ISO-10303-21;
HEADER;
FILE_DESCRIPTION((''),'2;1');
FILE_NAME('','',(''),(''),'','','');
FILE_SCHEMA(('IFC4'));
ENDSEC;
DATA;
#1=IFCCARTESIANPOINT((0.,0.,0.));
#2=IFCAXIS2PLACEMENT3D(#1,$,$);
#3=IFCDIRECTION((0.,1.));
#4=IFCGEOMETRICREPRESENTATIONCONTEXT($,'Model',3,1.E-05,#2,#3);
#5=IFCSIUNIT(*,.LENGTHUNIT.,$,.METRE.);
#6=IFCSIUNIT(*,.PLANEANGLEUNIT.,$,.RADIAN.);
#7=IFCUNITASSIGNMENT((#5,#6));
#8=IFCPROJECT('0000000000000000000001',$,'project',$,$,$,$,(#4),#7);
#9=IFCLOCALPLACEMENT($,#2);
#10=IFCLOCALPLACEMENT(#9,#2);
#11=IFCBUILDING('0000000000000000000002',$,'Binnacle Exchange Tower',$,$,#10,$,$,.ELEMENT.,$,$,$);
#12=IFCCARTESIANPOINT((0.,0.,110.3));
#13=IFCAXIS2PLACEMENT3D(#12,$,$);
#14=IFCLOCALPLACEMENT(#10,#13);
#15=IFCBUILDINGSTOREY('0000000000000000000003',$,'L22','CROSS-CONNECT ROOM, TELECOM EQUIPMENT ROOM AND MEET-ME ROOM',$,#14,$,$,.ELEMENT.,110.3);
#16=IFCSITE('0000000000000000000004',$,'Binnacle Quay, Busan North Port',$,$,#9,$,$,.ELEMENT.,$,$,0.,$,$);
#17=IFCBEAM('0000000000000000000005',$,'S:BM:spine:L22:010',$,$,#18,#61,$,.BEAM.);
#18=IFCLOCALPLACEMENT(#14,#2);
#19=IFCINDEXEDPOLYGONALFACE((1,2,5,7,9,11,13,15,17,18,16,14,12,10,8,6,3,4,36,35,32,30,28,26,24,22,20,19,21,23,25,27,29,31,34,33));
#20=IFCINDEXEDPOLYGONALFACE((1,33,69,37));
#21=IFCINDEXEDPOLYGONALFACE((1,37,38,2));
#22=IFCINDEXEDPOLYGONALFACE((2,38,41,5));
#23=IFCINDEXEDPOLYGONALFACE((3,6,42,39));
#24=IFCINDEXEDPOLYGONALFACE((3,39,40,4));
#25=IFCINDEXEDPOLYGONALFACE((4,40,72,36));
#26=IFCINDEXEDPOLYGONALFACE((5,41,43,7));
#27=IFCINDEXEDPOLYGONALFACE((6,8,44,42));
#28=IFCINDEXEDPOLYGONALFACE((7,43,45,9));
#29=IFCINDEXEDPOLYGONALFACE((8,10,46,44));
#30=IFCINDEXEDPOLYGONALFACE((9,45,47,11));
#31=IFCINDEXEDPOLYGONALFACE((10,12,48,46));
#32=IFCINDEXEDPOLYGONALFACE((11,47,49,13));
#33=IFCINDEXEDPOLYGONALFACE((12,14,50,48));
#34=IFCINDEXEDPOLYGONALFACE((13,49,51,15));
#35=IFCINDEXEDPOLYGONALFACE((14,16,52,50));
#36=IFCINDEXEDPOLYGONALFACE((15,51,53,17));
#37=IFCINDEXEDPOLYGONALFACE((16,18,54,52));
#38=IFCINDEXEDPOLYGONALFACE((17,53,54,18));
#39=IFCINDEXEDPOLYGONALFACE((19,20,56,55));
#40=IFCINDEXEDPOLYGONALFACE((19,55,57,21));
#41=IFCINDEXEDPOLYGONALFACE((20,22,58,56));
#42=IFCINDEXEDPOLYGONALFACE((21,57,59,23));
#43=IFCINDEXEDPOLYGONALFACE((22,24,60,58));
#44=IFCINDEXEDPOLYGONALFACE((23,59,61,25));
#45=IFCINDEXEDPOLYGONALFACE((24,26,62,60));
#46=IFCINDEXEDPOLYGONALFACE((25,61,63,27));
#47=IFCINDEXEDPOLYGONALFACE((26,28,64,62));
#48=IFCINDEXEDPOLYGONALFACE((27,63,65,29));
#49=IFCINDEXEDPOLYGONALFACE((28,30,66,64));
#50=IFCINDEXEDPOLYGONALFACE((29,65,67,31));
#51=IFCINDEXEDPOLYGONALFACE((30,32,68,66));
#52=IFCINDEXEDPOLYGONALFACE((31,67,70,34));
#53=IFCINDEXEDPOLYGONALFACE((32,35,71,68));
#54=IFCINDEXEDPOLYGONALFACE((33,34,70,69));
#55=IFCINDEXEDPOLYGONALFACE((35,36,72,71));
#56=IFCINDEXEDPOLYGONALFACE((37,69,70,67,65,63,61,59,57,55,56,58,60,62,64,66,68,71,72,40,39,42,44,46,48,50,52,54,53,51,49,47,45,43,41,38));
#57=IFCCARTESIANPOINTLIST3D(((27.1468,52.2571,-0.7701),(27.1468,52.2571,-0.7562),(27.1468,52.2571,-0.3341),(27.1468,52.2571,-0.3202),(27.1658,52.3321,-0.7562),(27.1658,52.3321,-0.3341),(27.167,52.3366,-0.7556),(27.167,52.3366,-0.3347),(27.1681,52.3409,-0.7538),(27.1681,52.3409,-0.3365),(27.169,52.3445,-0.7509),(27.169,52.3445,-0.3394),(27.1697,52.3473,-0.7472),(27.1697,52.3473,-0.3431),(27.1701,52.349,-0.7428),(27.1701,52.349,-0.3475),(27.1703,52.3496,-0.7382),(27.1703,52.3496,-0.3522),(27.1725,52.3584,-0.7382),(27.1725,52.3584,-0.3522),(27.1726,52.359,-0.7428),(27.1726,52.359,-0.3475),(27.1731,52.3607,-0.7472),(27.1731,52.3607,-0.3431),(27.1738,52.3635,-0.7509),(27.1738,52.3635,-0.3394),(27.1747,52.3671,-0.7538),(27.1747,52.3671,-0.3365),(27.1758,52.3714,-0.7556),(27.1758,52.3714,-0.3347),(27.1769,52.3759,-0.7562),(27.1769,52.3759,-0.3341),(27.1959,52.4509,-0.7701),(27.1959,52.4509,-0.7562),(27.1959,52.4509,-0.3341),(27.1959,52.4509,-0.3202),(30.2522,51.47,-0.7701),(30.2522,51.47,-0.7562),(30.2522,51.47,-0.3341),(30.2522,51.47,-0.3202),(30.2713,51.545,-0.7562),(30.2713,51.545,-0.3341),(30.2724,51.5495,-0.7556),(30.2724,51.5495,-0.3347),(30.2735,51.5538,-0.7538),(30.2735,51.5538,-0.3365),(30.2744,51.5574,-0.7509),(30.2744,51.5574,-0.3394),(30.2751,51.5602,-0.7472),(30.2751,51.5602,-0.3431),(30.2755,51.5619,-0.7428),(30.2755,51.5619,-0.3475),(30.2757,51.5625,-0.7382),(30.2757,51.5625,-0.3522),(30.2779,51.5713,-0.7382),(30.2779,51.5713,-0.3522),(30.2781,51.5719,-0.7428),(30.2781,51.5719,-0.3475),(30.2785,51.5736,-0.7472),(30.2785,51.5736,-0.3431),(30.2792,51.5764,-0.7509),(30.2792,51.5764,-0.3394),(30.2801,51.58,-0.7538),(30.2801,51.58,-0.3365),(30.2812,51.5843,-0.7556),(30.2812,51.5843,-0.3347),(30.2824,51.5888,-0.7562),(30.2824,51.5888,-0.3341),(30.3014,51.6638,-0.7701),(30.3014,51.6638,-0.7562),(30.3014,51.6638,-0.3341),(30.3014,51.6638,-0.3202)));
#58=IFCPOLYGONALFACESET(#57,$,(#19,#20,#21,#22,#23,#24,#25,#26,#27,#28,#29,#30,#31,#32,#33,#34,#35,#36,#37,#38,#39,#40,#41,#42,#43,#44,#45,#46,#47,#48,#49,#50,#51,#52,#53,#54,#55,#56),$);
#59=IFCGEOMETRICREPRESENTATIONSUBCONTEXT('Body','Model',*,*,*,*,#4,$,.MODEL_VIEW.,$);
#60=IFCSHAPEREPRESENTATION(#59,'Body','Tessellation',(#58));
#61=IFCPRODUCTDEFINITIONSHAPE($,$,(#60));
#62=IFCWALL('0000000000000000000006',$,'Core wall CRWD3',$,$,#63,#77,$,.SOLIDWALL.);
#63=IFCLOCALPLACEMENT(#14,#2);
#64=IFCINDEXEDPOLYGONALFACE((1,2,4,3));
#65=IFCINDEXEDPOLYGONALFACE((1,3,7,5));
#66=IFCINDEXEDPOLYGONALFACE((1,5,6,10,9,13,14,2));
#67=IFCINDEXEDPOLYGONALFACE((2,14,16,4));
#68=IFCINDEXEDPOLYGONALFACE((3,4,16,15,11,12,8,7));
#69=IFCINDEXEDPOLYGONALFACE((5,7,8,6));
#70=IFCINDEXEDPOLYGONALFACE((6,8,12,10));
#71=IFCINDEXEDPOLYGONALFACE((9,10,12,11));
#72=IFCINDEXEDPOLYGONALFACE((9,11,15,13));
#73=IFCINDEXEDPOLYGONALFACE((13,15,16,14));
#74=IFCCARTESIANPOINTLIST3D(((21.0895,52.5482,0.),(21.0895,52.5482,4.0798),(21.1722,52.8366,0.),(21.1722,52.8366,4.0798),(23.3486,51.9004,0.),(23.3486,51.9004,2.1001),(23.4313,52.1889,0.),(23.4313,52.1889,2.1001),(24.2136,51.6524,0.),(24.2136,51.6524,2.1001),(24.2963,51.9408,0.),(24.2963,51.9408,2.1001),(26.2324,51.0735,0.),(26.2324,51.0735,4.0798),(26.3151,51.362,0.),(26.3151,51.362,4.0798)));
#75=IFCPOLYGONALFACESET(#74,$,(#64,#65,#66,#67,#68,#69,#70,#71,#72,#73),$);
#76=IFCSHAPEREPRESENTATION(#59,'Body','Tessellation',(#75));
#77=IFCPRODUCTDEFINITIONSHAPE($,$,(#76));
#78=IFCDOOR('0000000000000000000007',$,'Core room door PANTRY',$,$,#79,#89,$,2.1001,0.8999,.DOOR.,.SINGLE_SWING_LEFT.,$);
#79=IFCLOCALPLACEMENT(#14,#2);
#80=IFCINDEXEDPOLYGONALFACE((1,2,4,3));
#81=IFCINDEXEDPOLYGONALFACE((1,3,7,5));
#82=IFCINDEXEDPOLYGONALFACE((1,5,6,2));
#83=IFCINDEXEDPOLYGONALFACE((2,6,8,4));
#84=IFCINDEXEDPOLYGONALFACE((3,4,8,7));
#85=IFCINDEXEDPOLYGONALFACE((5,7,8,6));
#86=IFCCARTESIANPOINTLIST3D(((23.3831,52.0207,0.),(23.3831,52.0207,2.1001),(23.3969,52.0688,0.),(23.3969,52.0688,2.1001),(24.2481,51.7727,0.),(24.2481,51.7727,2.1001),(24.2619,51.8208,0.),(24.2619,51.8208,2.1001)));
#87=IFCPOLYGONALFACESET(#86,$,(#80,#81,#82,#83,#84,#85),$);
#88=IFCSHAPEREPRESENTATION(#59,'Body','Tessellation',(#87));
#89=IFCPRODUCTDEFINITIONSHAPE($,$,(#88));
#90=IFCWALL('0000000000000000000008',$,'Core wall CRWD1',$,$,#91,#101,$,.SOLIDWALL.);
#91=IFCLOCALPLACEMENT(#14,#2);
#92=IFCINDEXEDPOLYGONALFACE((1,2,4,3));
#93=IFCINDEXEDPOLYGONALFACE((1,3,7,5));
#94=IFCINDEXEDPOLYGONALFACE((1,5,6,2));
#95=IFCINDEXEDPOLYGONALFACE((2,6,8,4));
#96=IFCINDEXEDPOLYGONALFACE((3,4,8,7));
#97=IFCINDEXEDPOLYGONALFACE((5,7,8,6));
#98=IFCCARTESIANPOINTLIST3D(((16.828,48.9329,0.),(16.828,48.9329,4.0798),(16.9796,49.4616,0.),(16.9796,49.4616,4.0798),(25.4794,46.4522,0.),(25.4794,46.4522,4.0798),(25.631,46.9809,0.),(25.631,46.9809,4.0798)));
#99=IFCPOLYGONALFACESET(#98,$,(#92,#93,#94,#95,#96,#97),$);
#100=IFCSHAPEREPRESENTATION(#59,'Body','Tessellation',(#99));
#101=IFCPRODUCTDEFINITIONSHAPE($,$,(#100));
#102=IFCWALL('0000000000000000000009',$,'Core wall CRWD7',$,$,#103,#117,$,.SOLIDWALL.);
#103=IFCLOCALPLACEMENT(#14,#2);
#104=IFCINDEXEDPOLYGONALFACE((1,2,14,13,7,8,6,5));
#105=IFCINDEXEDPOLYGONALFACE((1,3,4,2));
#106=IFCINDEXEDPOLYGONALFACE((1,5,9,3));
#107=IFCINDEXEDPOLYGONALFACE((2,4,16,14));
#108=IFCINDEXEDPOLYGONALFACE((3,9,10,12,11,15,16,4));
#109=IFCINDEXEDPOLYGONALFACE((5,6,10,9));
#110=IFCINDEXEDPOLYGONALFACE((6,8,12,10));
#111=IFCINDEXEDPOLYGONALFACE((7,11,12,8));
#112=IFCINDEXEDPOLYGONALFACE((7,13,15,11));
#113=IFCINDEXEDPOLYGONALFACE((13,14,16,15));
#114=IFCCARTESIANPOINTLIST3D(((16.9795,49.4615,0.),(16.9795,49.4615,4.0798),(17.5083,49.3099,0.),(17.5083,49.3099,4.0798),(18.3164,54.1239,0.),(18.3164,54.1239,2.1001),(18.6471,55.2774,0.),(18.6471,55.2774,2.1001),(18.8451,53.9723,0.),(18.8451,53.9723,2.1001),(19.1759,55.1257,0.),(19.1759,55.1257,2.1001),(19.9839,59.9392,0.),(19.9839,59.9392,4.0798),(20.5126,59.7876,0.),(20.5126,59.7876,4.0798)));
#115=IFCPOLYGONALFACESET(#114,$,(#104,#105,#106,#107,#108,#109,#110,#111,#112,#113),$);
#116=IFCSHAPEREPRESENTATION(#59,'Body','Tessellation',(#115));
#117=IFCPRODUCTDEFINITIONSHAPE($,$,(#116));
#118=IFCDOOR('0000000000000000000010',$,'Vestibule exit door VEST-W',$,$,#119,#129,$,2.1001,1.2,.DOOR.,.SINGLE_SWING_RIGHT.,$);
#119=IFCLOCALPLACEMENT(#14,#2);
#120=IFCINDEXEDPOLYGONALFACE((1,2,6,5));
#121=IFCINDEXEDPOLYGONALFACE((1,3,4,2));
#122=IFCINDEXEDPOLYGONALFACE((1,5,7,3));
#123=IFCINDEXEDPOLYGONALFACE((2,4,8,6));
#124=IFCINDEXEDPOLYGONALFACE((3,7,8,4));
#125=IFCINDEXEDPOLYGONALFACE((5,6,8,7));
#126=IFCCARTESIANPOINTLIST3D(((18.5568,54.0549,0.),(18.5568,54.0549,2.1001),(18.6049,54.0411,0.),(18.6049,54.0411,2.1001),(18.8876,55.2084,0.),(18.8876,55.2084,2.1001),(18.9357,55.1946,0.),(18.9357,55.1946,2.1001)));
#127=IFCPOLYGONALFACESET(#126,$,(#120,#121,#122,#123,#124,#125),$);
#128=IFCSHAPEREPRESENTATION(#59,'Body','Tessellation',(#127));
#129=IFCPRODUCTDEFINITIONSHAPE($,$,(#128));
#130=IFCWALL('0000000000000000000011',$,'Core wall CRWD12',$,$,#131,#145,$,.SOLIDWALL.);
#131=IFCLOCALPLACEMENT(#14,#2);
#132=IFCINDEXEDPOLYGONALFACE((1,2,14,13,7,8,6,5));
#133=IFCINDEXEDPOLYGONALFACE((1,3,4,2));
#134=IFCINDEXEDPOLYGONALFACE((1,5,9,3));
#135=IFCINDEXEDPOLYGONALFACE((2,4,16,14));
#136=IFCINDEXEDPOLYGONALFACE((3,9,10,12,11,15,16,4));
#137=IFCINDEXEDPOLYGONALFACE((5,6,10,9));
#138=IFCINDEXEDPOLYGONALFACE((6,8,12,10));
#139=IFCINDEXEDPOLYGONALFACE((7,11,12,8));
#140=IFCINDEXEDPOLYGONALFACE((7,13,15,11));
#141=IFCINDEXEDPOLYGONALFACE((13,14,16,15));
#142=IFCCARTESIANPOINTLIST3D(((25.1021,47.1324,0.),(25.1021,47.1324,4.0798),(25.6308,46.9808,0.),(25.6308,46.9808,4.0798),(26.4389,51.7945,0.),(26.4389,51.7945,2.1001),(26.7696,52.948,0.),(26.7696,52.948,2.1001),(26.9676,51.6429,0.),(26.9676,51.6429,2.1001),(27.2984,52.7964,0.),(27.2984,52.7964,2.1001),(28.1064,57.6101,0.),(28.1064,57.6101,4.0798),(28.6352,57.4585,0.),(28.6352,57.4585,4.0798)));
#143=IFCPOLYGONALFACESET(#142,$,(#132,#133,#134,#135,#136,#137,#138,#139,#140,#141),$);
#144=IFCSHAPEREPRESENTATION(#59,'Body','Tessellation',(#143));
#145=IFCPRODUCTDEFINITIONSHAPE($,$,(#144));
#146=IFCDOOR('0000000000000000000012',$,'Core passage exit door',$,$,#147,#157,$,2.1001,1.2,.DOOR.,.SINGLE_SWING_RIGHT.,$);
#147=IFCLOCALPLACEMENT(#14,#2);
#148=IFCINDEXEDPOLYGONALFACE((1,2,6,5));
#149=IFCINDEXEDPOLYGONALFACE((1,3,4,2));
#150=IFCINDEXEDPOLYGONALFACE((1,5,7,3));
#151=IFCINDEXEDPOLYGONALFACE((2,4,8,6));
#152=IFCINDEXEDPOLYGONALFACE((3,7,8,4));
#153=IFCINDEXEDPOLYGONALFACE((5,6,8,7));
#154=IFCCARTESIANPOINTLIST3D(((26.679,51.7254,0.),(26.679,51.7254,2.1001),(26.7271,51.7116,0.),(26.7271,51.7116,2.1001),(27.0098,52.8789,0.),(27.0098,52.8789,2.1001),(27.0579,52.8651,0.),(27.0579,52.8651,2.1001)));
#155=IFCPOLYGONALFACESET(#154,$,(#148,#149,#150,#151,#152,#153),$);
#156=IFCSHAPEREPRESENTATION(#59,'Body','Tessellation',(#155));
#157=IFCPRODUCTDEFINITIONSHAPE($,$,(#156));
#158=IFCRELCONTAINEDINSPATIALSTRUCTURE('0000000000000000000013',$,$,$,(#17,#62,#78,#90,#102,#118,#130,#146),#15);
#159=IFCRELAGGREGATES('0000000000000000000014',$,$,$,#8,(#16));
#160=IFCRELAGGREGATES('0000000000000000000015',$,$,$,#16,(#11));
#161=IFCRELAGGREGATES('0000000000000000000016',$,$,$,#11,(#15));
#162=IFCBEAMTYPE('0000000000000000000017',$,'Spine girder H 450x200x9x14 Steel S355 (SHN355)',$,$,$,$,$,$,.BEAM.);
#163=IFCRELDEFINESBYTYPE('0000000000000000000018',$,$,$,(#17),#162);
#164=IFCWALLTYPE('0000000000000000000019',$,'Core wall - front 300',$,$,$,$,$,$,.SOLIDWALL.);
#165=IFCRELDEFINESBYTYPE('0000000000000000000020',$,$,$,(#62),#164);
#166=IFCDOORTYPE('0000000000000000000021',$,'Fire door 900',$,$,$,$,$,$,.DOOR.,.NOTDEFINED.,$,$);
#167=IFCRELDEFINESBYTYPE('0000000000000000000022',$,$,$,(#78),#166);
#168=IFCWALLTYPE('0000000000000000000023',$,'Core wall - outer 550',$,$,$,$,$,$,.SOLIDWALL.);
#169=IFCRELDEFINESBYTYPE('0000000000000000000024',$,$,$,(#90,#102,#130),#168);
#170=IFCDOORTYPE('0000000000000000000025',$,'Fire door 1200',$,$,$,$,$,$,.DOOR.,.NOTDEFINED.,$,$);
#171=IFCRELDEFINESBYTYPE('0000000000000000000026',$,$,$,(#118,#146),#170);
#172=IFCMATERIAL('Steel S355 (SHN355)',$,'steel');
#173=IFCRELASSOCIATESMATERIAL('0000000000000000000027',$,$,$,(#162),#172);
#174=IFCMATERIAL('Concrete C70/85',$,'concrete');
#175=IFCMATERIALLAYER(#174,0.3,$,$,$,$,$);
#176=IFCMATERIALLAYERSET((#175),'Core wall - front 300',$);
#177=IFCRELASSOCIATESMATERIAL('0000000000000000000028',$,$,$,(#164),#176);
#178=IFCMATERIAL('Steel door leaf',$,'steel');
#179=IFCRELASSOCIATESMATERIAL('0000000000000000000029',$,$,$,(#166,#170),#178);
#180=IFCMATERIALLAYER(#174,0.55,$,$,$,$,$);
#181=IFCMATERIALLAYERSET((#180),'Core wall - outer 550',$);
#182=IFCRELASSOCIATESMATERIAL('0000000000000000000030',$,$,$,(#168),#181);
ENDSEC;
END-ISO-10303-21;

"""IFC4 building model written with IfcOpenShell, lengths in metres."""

from ifc_helpers import new_model, si_unit, direction, frame, frame_2d, origin, origin_2d, place, context, subcontext, project, spatial, rectangle, i_section, extrude, material, layer, layer_set, material_profile, profile_set, type_object, element, fill, save


model = new_model("IFC4")

# Units and contexts
model_context = context("Model", 3, precision=1e-05, world=origin(), true_north=direction((0.0, 1.0)))
body_context = subcontext(model_context, "Body", "Model", "MODEL_VIEW")
ifc_project = project(units=[si_unit("LENGTHUNIT", "METRE"), si_unit("PLANEANGLEUNIT", "RADIAN")], contexts=[model_context])

# Site, building, storey
site_placement = place(None, origin())
site = spatial("IfcSite", under=ifc_project, at=site_placement, Name="Binnacle Quay, Busan North Port", CompositionType="ELEMENT", RefElevation=0.0)
building_placement = place(site_placement, origin())
building = spatial("IfcBuilding", under=site, at=building_placement, Name="Binnacle Exchange Tower", CompositionType="ELEMENT")
storey_placement = place(building_placement, frame((0.0, 0.0, 110.3)))
storey = spatial("IfcBuildingStorey", under=building, at=storey_placement, Name="L22", Description="CROSS-CONNECT ROOM, TELECOM EQUIPMENT ROOM AND MEET-ME ROOM", CompositionType="ELEMENT", Elevation=110.3)

# Shared definitions
ifc_material_1 = material(Name="Concrete C70/85", Category="concrete")

# Beam
ifc_material_2 = material(Name="Steel S355 (SHN355)", Category="steel")
ifc_material_profile_1 = material_profile(ifc_material_2, i_section(OverallWidth=0.2, OverallDepth=0.45, WebThickness=0.009, FlangeThickness=0.0139, FilletRadius=0.0181, at=origin_2d()), Name="H 450x200x9x14")
ifc_profile_set_1 = profile_set([ifc_material_profile_1], Name="Steel S355 (SHN355)")
beam_type_1 = type_object("IfcBeamType", Name="Spine girder H 450x200x9x14 Steel S355 (SHN355)", PredefinedType="BEAM", material=ifc_profile_set_1)
beam_1_placement = place(storey_placement, frame((27.1714, 52.354, -0.5452), z_axis=(0.969348, -0.24569, 0.0), x_axis=(0.24569, 0.969348, 0.0)))
element("IfcBeam", 1, at=beam_1_placement, inside=storey, type_object=beam_type_1, Name="S:BM:spine:L22:010", PredefinedType="BEAM", context=body_context, shape_type="SweptSolid", body=[
    extrude(i_section(OverallWidth=0.2, OverallDepth=0.45, WebThickness=0.009, FlangeThickness=0.0139, FilletRadius=0.0181, at=origin_2d()), origin(), (0.0, 0.0, 1.0), 3.2036),
])

# Wall, opening, door
ifc_layer_1 = layer(ifc_material_1, 0.3)
ifc_layer_set_1 = layer_set([ifc_layer_1], Name="Core wall - front 300")
wall_type_1 = type_object("IfcWallType", Name="Core wall - front 300", PredefinedType="SOLIDWALL", material=ifc_layer_set_1)
wall_1_placement = place(storey_placement, frame((21.1309, 52.6924, 0.0), z_axis=(0.0, 0.0, 1.0), x_axis=(0.961265, -0.275625, 0.0)))
wall_1 = element("IfcWall", 2, at=wall_1_placement, inside=storey, type_object=wall_type_1, Name="Core wall CRWD3", PredefinedType="SOLIDWALL", context=body_context, shape_type="SweptSolid", body=[
    extrude(rectangle(XDim=5.3501, YDim=0.3, at=frame_2d((2.675, 0.0))), origin(), (0.0, 0.0, 1.0), 4.0798),
])
opening_1_placement = place(wall_1_placement, frame((2.3501, 0.0, 0.0)))
opening_1 = element("IfcOpeningElement", 3, at=opening_1_placement, cuts=wall_1, PredefinedType="OPENING", context=body_context, shape_type="SweptSolid", body=[
    extrude(rectangle(XDim=0.8999, YDim=2.1001, at=frame_2d((0.45, 1.05))), frame((0.0, 0.1599, 0.0), z_axis=(0.0, -1.0, 0.0), x_axis=(1.0, 0.0, 0.0)), (0.0, 0.0, 1.0), 0.3201),
])
ifc_material_3 = material(Name="Steel door leaf", Category="steel")
door_type_1 = type_object("IfcDoorType", Name="Fire door 900", OperationType="NOTDEFINED", PredefinedType="DOOR", material=ifc_material_3)
door_1_placement = place(opening_1_placement, frame((0.8999, 0.0, 0.0), z_axis=(0.0, 0.0, 1.0), x_axis=(-1.0, 0.0, 0.0)))
door_1 = element("IfcDoor", 4, at=door_1_placement, inside=storey, type_object=door_type_1, Name="Core room door PANTRY", OperationType="SINGLE_SWING_LEFT", OverallHeight=2.1001, OverallWidth=0.8999, PredefinedType="DOOR", context=body_context, shape_type="SweptSolid", body=[
    extrude(rectangle(XDim=0.8999, YDim=2.1001, at=frame_2d((0.45, 1.05))), frame((0.0, 0.0249, 0.0), z_axis=(0.0, -1.0, 0.0), x_axis=(1.0, 0.0, 0.0)), (0.0, 0.0, 1.0), 0.05),
])
fill(opening_1, door_1)

# Wall
ifc_layer_2 = layer(ifc_material_1, 0.55)
ifc_layer_set_2 = layer_set([ifc_layer_2], Name="Core wall - outer 550")
wall_type_2 = type_object("IfcWallType", Name="Core wall - outer 550", PredefinedType="SOLIDWALL", material=ifc_layer_set_2)
wall_2_placement = place(storey_placement, frame((16.9038, 49.1973, 0.0), z_axis=(0.0, 0.0, 1.0), x_axis=(0.961262, -0.275635, 0.0)))
element("IfcWall", 5, at=wall_2_placement, inside=storey, type_object=wall_type_2, Name="Core wall CRWD1", PredefinedType="SOLIDWALL", context=body_context, shape_type="SweptSolid", body=[
    extrude(rectangle(XDim=9.0, YDim=0.55, at=frame_2d((4.5, 0.0))), origin(), (0.0, 0.0, 1.0), 4.0798),
])

# Walls, openings, doors
wall_3_placement = place(storey_placement, frame((17.2439, 49.3857, 0.0), z_axis=(0.0, 0.0, 1.0), x_axis=(0.275632, 0.961263, 0.0)))
wall_3 = element("IfcWall", 6, at=wall_3_placement, inside=storey, type_object=wall_type_2, Name="Core wall CRWD7", PredefinedType="SOLIDWALL", context=body_context, shape_type="SweptSolid", body=[
    extrude(rectangle(XDim=10.8999, YDim=0.55, at=frame_2d((5.45, 0.0))), origin(), (0.0, 0.0, 1.0), 4.0798),
])
opening_2_placement = place(wall_3_placement, frame((4.8501, 0.0, 0.0)))
opening_2 = element("IfcOpeningElement", 7, at=opening_2_placement, cuts=wall_3, PredefinedType="OPENING", context=body_context, shape_type="SweptSolid", body=[
    extrude(rectangle(XDim=1.2, YDim=2.1001, at=frame_2d((0.6001, 1.05))), frame((0.0, 0.2849, 0.0), z_axis=(0.0, -1.0, 0.0), x_axis=(1.0, 0.0, 0.0)), (0.0, 0.0, 1.0), 0.5701),
])
door_type_2 = type_object("IfcDoorType", Name="Fire door 1200", OperationType="NOTDEFINED", PredefinedType="DOOR", material=ifc_material_3)
door_2_placement = place(opening_2_placement, origin())
door_2 = element("IfcDoor", 8, at=door_2_placement, inside=storey, type_object=door_type_2, Name="Vestibule exit door VEST-W", OperationType="SINGLE_SWING_RIGHT", OverallHeight=2.1001, OverallWidth=1.2, PredefinedType="DOOR", context=body_context, shape_type="SweptSolid", body=[
    extrude(rectangle(XDim=1.2, YDim=2.1001, at=frame_2d((0.6001, 1.05))), frame((0.0, 0.0249, 0.0), z_axis=(0.0, -1.0, 0.0), x_axis=(1.0, 0.0, 0.0)), (0.0, 0.0, 1.0), 0.05),
])
fill(opening_2, door_2)
wall_4_placement = place(storey_placement, frame((25.3665, 47.0566, 0.0), z_axis=(0.0, 0.0, 1.0), x_axis=(0.275632, 0.961263, 0.0)))
wall_4 = element("IfcWall", 9, at=wall_4_placement, inside=storey, type_object=wall_type_2, Name="Core wall CRWD12", PredefinedType="SOLIDWALL", context=body_context, shape_type="SweptSolid", body=[
    extrude(rectangle(XDim=10.8999, YDim=0.55, at=frame_2d((5.45, 0.0))), origin(), (0.0, 0.0, 1.0), 4.0798),
])
opening_3_placement = place(wall_4_placement, frame((4.8499, 0.0, 0.0)))
opening_3 = element("IfcOpeningElement", 10, at=opening_3_placement, cuts=wall_4, PredefinedType="OPENING", context=body_context, shape_type="SweptSolid", body=[
    extrude(rectangle(XDim=1.2, YDim=2.1001, at=frame_2d((0.6001, 1.05))), frame((0.0, 0.2849, 0.0), z_axis=(0.0, -1.0, 0.0), x_axis=(1.0, 0.0, 0.0)), (0.0, 0.0, 1.0), 0.5701),
])
door_3_placement = place(opening_3_placement, frame((1.2, 0.0, 0.0), z_axis=(0.0, 0.0, 1.0), x_axis=(-1.0, 0.0, 0.0)))
door_3 = element("IfcDoor", 11, at=door_3_placement, inside=storey, type_object=door_type_2, Name="Core passage exit door", OperationType="SINGLE_SWING_RIGHT", OverallHeight=2.1001, OverallWidth=1.2, PredefinedType="DOOR", context=body_context, shape_type="SweptSolid", body=[
    extrude(rectangle(XDim=1.2, YDim=2.1001, at=frame_2d((0.6001, 1.05))), frame((0.0, 0.0249, 0.0), z_axis=(0.0, -1.0, 0.0), x_axis=(1.0, 0.0, 0.0)), (0.0, 0.0, 1.0), 0.05),
])
fill(opening_3, door_3)

save(model, "model.ifc")
